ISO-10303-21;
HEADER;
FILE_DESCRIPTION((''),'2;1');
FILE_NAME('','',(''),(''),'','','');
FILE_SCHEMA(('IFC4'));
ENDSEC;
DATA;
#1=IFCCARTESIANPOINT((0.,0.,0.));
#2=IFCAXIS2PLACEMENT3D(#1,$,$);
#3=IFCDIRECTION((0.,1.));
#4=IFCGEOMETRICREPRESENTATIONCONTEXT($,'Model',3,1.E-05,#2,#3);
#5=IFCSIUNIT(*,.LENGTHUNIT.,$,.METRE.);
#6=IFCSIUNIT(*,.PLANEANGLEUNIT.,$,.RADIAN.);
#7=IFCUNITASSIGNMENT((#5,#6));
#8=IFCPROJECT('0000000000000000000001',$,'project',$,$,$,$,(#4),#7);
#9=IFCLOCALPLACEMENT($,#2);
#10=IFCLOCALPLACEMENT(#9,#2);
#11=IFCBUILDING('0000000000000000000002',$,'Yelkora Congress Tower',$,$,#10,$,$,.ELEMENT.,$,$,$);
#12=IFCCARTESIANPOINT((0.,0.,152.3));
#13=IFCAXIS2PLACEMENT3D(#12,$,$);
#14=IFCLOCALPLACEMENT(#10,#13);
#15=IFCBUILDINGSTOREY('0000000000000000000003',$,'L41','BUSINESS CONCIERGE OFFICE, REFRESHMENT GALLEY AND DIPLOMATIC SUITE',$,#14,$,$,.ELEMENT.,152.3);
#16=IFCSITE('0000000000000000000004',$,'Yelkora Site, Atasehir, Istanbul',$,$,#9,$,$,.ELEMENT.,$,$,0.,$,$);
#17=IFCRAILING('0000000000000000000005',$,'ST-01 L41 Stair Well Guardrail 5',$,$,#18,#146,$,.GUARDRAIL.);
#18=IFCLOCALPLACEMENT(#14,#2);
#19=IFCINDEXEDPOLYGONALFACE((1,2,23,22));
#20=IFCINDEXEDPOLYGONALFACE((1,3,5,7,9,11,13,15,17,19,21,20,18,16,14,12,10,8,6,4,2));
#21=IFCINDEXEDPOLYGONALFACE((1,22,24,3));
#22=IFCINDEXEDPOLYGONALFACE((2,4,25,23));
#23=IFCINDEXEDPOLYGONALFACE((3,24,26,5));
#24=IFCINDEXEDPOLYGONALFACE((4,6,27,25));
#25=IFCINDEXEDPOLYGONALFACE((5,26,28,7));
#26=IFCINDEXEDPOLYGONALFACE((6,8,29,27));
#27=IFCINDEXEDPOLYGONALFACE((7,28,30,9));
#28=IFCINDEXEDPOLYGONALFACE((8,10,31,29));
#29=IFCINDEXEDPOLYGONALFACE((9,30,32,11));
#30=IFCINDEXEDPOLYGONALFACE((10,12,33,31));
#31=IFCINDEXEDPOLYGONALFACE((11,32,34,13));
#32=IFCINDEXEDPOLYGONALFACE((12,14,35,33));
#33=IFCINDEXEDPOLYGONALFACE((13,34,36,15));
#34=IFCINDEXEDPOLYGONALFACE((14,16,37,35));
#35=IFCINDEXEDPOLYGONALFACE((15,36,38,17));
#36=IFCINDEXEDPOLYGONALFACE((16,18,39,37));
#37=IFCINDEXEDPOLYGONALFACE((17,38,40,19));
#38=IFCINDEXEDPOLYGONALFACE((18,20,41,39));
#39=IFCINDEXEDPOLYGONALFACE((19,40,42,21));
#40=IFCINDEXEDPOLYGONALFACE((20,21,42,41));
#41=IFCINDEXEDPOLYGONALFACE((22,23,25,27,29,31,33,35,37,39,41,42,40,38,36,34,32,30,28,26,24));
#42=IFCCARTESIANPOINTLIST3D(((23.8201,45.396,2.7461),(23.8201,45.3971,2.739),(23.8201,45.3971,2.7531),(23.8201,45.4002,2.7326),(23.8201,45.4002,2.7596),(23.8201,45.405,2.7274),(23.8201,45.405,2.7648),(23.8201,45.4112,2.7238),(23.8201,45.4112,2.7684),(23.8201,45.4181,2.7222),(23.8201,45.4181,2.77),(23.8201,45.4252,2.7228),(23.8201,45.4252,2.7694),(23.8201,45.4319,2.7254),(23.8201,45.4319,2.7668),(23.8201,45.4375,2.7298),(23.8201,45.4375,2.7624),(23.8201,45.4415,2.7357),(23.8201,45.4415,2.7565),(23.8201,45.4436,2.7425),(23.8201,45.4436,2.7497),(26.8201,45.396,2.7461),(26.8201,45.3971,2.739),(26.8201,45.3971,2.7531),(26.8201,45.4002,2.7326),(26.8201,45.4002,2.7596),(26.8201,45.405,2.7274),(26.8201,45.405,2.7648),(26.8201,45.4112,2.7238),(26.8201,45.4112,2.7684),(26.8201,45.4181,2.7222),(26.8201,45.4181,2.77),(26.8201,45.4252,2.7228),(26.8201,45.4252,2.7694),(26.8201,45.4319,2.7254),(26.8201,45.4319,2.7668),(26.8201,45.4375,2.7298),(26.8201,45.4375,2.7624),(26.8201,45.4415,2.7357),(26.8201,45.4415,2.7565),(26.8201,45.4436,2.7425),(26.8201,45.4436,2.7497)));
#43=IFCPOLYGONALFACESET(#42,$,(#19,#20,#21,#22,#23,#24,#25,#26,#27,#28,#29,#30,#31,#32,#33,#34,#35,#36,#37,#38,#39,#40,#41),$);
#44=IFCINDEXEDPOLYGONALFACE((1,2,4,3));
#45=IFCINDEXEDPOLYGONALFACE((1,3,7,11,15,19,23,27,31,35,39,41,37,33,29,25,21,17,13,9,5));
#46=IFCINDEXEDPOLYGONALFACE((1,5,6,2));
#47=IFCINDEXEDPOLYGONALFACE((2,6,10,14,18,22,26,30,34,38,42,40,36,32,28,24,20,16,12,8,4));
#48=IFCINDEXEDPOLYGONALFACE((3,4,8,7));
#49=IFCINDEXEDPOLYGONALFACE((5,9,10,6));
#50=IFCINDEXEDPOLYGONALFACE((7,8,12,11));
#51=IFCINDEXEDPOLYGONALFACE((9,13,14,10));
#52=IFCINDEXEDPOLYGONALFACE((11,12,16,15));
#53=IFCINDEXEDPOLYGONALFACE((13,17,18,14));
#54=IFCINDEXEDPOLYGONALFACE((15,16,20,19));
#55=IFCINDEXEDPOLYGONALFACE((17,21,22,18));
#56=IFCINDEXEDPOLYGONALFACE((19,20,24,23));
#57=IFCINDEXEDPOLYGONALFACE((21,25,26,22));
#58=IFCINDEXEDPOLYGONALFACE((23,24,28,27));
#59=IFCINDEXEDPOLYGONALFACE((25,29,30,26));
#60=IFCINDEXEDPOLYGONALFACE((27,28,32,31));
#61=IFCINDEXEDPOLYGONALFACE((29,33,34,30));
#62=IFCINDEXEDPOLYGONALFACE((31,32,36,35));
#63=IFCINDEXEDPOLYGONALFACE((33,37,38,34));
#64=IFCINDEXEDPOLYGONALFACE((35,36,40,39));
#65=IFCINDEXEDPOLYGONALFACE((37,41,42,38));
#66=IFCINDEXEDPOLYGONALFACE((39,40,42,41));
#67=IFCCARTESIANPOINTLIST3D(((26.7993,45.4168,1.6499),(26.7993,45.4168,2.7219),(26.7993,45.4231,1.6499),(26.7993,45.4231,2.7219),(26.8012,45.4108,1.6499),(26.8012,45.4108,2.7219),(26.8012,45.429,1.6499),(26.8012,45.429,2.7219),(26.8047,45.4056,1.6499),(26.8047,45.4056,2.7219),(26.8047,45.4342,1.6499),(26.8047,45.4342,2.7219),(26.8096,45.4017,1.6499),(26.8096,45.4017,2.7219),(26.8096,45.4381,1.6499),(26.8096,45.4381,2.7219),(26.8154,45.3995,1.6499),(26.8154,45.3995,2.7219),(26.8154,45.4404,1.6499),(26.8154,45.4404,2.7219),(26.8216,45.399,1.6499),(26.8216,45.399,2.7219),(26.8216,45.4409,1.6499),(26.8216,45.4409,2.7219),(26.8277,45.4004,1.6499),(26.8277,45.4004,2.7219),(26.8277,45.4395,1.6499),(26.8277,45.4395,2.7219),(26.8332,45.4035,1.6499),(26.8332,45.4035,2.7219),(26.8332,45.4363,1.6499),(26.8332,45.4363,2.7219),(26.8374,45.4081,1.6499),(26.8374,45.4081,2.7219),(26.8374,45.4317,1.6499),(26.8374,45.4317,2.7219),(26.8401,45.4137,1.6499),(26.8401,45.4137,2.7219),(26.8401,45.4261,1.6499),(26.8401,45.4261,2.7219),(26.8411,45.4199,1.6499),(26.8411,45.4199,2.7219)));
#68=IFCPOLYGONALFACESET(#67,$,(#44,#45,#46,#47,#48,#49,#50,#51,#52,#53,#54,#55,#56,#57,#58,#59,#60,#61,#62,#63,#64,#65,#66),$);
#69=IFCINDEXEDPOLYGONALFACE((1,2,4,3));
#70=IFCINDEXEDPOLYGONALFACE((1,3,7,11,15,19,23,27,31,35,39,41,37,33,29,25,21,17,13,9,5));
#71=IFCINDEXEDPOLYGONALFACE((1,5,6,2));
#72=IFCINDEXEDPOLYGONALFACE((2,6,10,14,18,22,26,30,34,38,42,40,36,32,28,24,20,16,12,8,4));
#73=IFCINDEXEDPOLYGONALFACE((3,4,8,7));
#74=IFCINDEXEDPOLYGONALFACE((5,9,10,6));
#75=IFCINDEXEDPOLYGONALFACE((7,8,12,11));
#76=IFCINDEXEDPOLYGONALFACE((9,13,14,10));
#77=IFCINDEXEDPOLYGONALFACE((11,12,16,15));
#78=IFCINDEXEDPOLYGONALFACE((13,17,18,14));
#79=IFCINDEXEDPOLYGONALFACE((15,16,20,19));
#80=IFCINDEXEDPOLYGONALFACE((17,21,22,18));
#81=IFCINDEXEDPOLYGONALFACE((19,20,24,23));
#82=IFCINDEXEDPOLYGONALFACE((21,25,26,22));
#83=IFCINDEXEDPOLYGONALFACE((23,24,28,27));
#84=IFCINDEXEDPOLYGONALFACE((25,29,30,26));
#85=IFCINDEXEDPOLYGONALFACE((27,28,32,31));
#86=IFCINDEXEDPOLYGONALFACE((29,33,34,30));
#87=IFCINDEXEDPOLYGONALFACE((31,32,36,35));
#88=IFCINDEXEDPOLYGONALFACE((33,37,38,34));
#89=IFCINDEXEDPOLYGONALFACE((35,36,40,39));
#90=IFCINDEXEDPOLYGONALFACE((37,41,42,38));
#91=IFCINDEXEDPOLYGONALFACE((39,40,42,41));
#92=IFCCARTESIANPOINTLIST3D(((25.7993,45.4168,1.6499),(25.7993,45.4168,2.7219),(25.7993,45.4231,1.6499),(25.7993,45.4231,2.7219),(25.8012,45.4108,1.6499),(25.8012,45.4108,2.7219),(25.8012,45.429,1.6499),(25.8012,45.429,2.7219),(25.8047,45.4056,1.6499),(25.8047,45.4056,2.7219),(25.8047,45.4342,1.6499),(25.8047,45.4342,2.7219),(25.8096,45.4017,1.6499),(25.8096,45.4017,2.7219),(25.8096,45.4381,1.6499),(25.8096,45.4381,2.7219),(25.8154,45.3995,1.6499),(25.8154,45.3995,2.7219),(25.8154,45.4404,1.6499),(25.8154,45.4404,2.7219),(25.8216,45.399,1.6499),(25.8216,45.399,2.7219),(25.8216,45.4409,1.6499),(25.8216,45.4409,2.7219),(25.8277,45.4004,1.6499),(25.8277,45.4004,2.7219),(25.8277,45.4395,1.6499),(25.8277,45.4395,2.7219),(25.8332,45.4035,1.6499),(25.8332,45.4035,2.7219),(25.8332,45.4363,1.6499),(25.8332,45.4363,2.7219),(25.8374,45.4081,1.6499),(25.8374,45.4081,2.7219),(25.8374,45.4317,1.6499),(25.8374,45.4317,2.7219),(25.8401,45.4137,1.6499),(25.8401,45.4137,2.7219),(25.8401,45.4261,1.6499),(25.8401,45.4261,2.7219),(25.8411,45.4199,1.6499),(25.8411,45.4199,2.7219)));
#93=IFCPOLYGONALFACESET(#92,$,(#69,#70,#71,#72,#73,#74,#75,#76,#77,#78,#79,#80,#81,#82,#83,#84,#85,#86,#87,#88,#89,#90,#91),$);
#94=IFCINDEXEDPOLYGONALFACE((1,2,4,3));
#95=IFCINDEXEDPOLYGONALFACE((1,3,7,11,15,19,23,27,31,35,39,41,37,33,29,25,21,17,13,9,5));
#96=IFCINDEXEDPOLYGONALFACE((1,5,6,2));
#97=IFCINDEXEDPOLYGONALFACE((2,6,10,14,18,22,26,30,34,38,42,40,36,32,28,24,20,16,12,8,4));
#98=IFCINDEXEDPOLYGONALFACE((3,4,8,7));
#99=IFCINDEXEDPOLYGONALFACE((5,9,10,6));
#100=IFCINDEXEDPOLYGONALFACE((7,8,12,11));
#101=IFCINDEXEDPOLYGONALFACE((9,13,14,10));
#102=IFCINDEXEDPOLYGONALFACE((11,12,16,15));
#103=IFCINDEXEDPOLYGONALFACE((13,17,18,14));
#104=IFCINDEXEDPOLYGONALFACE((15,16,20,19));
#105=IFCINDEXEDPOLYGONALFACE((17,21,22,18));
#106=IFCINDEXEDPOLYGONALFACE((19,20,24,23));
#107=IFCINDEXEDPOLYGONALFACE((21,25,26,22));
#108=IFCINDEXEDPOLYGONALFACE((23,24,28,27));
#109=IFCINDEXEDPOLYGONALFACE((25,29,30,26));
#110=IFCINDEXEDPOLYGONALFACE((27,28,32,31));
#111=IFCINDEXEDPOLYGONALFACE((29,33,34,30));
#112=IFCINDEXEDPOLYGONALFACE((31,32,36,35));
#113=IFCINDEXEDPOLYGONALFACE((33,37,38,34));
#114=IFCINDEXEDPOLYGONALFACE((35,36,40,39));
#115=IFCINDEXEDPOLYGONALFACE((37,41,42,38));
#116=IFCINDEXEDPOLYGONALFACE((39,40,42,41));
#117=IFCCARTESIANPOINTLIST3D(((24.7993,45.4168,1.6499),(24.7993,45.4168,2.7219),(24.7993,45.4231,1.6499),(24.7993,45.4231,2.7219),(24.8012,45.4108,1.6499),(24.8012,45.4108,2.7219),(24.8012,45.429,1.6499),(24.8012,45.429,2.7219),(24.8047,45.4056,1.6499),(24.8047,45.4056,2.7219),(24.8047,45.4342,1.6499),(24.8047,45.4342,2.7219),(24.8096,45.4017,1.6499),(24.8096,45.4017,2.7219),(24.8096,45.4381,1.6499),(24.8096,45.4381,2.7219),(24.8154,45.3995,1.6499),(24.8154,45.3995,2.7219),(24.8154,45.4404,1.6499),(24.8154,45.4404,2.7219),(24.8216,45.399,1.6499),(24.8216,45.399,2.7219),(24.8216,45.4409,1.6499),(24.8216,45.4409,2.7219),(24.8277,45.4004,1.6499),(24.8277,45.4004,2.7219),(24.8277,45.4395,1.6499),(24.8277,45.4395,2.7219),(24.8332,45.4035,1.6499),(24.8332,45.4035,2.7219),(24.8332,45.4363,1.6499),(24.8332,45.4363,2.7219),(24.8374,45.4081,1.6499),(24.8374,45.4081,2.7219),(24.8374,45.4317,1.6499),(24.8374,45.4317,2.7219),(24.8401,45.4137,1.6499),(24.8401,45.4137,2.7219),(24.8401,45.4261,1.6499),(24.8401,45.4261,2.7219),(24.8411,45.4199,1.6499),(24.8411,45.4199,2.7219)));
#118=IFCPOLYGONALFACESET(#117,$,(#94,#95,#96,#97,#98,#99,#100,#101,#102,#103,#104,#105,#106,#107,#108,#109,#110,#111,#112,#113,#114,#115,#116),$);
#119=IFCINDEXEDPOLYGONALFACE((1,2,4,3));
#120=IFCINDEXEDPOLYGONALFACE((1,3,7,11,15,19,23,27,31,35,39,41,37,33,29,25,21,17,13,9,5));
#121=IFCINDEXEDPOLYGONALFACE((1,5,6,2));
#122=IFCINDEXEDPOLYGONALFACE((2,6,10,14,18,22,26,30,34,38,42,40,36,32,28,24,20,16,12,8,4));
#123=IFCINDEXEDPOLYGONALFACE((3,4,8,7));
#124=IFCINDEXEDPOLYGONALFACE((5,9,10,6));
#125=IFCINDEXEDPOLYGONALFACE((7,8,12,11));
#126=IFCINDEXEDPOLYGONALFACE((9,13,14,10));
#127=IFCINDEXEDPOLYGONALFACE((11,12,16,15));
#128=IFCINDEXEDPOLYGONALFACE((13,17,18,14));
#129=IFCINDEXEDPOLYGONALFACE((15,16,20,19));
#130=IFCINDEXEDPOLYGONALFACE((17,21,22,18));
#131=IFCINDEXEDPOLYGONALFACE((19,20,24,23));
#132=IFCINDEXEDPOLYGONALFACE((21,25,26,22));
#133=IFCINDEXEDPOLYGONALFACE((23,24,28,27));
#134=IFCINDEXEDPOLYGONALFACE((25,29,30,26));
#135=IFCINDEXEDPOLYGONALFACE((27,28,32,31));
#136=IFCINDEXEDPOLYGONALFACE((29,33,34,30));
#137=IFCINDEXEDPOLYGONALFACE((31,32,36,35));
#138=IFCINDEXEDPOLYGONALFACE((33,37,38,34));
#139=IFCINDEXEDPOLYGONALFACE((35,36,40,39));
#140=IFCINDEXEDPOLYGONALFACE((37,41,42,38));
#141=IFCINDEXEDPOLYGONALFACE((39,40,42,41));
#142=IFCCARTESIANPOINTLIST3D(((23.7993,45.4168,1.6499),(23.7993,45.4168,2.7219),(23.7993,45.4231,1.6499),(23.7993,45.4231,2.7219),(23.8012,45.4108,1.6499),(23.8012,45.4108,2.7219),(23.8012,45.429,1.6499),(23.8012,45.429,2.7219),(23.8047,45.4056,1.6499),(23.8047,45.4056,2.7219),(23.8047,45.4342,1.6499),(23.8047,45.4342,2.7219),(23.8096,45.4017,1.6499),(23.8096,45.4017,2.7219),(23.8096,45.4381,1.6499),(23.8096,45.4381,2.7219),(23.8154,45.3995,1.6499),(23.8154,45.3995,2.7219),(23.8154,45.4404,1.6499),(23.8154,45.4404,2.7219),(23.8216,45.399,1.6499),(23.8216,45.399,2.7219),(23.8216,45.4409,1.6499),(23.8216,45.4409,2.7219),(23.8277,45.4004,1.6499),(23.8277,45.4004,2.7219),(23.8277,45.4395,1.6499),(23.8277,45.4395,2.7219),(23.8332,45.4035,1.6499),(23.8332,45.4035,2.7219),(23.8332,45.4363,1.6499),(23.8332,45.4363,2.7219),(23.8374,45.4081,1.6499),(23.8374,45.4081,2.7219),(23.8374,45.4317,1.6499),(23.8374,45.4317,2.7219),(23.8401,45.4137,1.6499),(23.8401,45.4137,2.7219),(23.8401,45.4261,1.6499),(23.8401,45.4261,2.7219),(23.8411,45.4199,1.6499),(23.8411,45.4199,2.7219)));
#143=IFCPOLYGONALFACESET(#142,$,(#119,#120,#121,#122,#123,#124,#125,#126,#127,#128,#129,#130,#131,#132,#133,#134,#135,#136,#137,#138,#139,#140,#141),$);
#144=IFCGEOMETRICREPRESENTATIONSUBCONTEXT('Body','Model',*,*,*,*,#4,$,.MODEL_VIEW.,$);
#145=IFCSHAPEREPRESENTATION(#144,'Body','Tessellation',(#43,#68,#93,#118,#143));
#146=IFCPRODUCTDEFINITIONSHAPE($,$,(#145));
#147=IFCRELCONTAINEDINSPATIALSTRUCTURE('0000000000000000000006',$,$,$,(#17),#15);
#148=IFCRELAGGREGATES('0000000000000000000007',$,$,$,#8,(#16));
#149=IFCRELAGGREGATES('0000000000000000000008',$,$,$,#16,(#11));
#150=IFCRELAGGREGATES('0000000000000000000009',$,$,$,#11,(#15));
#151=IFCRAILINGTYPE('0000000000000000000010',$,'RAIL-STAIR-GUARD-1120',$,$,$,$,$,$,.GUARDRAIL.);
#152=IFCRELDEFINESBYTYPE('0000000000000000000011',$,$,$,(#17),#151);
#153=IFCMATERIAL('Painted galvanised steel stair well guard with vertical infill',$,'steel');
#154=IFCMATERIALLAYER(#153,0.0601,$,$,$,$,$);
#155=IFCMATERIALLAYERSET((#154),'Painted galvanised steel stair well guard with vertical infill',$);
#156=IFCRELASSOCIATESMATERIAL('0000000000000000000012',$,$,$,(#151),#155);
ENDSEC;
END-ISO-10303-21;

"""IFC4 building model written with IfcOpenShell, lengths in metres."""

from ifc_helpers import new_model, si_unit, direction, frame, origin, origin_2d, place, context, subcontext, project, spatial, circle, extrude, material, layer, layer_set, type_object, element, save


model = new_model("IFC4")

# Units and contexts
model_context = context("Model", 3, precision=1e-05, world=origin(), true_north=direction((0.0, 1.0)))
body_context = subcontext(model_context, "Body", "Model", "MODEL_VIEW")
ifc_project = project(units=[si_unit("LENGTHUNIT", "METRE"), si_unit("PLANEANGLEUNIT", "RADIAN")], contexts=[model_context])

# Site, building, storey
site_placement = place(None, origin())
site = spatial("IfcSite", under=ifc_project, at=site_placement, Name="Yelkora Site, Atasehir, Istanbul", CompositionType="ELEMENT", RefElevation=0.0)
building_placement = place(site_placement, origin())
building = spatial("IfcBuilding", under=site, at=building_placement, Name="Yelkora Congress Tower", CompositionType="ELEMENT")
storey_placement = place(building_placement, frame((0.0, 0.0, 152.3)))
storey = spatial("IfcBuildingStorey", under=building, at=storey_placement, Name="L41", Description="BUSINESS CONCIERGE OFFICE, REFRESHMENT GALLEY AND DIPLOMATIC SUITE", CompositionType="ELEMENT", Elevation=152.3)

# Railing
ifc_material_1 = material(Name="Painted galvanised steel stair well guard with vertical infill", Category="steel")
ifc_layer_1 = layer(ifc_material_1, 0.0601)
ifc_layer_set_1 = layer_set([ifc_layer_1], Name="Painted galvanised steel stair well guard with vertical infill")
railing_type_1 = type_object("IfcRailingType", Name="RAIL-STAIR-GUARD-1120", PredefinedType="GUARDRAIL", material=ifc_layer_set_1)
railing_1_placement = place(storey_placement, frame((26.8201, 45.4199, 1.6499)))
element("IfcRailing", 1, at=railing_1_placement, inside=storey, type_object=railing_type_1, Name="ST-01 L41 Stair Well Guardrail 5", PredefinedType="GUARDRAIL", context=body_context, shape_type="SweptSolid", body=[
    extrude(circle(Radius=0.0239, at=origin_2d()), frame((0.0, 0.0, 1.0962), z_axis=(-1.0, 0.0, 0.0), x_axis=(0.0, -1.0, 0.0)), (0.0, 0.0, 1.0), 3.0),
    extrude(circle(Radius=0.021, at=origin_2d()), origin(), (0.0, 0.0, 1.0), 1.072),
    extrude(circle(Radius=0.021, at=origin_2d()), frame((-1.0, 0.0, 0.0)), (0.0, 0.0, 1.0), 1.072),
    extrude(circle(Radius=0.021, at=origin_2d()), frame((-2.0, 0.0, 0.0)), (0.0, 0.0, 1.0), 1.072),
    extrude(circle(Radius=0.021, at=origin_2d()), frame((-3.0, 0.0, 0.0)), (0.0, 0.0, 1.0), 1.072),
])

save(model, "model.ifc")
